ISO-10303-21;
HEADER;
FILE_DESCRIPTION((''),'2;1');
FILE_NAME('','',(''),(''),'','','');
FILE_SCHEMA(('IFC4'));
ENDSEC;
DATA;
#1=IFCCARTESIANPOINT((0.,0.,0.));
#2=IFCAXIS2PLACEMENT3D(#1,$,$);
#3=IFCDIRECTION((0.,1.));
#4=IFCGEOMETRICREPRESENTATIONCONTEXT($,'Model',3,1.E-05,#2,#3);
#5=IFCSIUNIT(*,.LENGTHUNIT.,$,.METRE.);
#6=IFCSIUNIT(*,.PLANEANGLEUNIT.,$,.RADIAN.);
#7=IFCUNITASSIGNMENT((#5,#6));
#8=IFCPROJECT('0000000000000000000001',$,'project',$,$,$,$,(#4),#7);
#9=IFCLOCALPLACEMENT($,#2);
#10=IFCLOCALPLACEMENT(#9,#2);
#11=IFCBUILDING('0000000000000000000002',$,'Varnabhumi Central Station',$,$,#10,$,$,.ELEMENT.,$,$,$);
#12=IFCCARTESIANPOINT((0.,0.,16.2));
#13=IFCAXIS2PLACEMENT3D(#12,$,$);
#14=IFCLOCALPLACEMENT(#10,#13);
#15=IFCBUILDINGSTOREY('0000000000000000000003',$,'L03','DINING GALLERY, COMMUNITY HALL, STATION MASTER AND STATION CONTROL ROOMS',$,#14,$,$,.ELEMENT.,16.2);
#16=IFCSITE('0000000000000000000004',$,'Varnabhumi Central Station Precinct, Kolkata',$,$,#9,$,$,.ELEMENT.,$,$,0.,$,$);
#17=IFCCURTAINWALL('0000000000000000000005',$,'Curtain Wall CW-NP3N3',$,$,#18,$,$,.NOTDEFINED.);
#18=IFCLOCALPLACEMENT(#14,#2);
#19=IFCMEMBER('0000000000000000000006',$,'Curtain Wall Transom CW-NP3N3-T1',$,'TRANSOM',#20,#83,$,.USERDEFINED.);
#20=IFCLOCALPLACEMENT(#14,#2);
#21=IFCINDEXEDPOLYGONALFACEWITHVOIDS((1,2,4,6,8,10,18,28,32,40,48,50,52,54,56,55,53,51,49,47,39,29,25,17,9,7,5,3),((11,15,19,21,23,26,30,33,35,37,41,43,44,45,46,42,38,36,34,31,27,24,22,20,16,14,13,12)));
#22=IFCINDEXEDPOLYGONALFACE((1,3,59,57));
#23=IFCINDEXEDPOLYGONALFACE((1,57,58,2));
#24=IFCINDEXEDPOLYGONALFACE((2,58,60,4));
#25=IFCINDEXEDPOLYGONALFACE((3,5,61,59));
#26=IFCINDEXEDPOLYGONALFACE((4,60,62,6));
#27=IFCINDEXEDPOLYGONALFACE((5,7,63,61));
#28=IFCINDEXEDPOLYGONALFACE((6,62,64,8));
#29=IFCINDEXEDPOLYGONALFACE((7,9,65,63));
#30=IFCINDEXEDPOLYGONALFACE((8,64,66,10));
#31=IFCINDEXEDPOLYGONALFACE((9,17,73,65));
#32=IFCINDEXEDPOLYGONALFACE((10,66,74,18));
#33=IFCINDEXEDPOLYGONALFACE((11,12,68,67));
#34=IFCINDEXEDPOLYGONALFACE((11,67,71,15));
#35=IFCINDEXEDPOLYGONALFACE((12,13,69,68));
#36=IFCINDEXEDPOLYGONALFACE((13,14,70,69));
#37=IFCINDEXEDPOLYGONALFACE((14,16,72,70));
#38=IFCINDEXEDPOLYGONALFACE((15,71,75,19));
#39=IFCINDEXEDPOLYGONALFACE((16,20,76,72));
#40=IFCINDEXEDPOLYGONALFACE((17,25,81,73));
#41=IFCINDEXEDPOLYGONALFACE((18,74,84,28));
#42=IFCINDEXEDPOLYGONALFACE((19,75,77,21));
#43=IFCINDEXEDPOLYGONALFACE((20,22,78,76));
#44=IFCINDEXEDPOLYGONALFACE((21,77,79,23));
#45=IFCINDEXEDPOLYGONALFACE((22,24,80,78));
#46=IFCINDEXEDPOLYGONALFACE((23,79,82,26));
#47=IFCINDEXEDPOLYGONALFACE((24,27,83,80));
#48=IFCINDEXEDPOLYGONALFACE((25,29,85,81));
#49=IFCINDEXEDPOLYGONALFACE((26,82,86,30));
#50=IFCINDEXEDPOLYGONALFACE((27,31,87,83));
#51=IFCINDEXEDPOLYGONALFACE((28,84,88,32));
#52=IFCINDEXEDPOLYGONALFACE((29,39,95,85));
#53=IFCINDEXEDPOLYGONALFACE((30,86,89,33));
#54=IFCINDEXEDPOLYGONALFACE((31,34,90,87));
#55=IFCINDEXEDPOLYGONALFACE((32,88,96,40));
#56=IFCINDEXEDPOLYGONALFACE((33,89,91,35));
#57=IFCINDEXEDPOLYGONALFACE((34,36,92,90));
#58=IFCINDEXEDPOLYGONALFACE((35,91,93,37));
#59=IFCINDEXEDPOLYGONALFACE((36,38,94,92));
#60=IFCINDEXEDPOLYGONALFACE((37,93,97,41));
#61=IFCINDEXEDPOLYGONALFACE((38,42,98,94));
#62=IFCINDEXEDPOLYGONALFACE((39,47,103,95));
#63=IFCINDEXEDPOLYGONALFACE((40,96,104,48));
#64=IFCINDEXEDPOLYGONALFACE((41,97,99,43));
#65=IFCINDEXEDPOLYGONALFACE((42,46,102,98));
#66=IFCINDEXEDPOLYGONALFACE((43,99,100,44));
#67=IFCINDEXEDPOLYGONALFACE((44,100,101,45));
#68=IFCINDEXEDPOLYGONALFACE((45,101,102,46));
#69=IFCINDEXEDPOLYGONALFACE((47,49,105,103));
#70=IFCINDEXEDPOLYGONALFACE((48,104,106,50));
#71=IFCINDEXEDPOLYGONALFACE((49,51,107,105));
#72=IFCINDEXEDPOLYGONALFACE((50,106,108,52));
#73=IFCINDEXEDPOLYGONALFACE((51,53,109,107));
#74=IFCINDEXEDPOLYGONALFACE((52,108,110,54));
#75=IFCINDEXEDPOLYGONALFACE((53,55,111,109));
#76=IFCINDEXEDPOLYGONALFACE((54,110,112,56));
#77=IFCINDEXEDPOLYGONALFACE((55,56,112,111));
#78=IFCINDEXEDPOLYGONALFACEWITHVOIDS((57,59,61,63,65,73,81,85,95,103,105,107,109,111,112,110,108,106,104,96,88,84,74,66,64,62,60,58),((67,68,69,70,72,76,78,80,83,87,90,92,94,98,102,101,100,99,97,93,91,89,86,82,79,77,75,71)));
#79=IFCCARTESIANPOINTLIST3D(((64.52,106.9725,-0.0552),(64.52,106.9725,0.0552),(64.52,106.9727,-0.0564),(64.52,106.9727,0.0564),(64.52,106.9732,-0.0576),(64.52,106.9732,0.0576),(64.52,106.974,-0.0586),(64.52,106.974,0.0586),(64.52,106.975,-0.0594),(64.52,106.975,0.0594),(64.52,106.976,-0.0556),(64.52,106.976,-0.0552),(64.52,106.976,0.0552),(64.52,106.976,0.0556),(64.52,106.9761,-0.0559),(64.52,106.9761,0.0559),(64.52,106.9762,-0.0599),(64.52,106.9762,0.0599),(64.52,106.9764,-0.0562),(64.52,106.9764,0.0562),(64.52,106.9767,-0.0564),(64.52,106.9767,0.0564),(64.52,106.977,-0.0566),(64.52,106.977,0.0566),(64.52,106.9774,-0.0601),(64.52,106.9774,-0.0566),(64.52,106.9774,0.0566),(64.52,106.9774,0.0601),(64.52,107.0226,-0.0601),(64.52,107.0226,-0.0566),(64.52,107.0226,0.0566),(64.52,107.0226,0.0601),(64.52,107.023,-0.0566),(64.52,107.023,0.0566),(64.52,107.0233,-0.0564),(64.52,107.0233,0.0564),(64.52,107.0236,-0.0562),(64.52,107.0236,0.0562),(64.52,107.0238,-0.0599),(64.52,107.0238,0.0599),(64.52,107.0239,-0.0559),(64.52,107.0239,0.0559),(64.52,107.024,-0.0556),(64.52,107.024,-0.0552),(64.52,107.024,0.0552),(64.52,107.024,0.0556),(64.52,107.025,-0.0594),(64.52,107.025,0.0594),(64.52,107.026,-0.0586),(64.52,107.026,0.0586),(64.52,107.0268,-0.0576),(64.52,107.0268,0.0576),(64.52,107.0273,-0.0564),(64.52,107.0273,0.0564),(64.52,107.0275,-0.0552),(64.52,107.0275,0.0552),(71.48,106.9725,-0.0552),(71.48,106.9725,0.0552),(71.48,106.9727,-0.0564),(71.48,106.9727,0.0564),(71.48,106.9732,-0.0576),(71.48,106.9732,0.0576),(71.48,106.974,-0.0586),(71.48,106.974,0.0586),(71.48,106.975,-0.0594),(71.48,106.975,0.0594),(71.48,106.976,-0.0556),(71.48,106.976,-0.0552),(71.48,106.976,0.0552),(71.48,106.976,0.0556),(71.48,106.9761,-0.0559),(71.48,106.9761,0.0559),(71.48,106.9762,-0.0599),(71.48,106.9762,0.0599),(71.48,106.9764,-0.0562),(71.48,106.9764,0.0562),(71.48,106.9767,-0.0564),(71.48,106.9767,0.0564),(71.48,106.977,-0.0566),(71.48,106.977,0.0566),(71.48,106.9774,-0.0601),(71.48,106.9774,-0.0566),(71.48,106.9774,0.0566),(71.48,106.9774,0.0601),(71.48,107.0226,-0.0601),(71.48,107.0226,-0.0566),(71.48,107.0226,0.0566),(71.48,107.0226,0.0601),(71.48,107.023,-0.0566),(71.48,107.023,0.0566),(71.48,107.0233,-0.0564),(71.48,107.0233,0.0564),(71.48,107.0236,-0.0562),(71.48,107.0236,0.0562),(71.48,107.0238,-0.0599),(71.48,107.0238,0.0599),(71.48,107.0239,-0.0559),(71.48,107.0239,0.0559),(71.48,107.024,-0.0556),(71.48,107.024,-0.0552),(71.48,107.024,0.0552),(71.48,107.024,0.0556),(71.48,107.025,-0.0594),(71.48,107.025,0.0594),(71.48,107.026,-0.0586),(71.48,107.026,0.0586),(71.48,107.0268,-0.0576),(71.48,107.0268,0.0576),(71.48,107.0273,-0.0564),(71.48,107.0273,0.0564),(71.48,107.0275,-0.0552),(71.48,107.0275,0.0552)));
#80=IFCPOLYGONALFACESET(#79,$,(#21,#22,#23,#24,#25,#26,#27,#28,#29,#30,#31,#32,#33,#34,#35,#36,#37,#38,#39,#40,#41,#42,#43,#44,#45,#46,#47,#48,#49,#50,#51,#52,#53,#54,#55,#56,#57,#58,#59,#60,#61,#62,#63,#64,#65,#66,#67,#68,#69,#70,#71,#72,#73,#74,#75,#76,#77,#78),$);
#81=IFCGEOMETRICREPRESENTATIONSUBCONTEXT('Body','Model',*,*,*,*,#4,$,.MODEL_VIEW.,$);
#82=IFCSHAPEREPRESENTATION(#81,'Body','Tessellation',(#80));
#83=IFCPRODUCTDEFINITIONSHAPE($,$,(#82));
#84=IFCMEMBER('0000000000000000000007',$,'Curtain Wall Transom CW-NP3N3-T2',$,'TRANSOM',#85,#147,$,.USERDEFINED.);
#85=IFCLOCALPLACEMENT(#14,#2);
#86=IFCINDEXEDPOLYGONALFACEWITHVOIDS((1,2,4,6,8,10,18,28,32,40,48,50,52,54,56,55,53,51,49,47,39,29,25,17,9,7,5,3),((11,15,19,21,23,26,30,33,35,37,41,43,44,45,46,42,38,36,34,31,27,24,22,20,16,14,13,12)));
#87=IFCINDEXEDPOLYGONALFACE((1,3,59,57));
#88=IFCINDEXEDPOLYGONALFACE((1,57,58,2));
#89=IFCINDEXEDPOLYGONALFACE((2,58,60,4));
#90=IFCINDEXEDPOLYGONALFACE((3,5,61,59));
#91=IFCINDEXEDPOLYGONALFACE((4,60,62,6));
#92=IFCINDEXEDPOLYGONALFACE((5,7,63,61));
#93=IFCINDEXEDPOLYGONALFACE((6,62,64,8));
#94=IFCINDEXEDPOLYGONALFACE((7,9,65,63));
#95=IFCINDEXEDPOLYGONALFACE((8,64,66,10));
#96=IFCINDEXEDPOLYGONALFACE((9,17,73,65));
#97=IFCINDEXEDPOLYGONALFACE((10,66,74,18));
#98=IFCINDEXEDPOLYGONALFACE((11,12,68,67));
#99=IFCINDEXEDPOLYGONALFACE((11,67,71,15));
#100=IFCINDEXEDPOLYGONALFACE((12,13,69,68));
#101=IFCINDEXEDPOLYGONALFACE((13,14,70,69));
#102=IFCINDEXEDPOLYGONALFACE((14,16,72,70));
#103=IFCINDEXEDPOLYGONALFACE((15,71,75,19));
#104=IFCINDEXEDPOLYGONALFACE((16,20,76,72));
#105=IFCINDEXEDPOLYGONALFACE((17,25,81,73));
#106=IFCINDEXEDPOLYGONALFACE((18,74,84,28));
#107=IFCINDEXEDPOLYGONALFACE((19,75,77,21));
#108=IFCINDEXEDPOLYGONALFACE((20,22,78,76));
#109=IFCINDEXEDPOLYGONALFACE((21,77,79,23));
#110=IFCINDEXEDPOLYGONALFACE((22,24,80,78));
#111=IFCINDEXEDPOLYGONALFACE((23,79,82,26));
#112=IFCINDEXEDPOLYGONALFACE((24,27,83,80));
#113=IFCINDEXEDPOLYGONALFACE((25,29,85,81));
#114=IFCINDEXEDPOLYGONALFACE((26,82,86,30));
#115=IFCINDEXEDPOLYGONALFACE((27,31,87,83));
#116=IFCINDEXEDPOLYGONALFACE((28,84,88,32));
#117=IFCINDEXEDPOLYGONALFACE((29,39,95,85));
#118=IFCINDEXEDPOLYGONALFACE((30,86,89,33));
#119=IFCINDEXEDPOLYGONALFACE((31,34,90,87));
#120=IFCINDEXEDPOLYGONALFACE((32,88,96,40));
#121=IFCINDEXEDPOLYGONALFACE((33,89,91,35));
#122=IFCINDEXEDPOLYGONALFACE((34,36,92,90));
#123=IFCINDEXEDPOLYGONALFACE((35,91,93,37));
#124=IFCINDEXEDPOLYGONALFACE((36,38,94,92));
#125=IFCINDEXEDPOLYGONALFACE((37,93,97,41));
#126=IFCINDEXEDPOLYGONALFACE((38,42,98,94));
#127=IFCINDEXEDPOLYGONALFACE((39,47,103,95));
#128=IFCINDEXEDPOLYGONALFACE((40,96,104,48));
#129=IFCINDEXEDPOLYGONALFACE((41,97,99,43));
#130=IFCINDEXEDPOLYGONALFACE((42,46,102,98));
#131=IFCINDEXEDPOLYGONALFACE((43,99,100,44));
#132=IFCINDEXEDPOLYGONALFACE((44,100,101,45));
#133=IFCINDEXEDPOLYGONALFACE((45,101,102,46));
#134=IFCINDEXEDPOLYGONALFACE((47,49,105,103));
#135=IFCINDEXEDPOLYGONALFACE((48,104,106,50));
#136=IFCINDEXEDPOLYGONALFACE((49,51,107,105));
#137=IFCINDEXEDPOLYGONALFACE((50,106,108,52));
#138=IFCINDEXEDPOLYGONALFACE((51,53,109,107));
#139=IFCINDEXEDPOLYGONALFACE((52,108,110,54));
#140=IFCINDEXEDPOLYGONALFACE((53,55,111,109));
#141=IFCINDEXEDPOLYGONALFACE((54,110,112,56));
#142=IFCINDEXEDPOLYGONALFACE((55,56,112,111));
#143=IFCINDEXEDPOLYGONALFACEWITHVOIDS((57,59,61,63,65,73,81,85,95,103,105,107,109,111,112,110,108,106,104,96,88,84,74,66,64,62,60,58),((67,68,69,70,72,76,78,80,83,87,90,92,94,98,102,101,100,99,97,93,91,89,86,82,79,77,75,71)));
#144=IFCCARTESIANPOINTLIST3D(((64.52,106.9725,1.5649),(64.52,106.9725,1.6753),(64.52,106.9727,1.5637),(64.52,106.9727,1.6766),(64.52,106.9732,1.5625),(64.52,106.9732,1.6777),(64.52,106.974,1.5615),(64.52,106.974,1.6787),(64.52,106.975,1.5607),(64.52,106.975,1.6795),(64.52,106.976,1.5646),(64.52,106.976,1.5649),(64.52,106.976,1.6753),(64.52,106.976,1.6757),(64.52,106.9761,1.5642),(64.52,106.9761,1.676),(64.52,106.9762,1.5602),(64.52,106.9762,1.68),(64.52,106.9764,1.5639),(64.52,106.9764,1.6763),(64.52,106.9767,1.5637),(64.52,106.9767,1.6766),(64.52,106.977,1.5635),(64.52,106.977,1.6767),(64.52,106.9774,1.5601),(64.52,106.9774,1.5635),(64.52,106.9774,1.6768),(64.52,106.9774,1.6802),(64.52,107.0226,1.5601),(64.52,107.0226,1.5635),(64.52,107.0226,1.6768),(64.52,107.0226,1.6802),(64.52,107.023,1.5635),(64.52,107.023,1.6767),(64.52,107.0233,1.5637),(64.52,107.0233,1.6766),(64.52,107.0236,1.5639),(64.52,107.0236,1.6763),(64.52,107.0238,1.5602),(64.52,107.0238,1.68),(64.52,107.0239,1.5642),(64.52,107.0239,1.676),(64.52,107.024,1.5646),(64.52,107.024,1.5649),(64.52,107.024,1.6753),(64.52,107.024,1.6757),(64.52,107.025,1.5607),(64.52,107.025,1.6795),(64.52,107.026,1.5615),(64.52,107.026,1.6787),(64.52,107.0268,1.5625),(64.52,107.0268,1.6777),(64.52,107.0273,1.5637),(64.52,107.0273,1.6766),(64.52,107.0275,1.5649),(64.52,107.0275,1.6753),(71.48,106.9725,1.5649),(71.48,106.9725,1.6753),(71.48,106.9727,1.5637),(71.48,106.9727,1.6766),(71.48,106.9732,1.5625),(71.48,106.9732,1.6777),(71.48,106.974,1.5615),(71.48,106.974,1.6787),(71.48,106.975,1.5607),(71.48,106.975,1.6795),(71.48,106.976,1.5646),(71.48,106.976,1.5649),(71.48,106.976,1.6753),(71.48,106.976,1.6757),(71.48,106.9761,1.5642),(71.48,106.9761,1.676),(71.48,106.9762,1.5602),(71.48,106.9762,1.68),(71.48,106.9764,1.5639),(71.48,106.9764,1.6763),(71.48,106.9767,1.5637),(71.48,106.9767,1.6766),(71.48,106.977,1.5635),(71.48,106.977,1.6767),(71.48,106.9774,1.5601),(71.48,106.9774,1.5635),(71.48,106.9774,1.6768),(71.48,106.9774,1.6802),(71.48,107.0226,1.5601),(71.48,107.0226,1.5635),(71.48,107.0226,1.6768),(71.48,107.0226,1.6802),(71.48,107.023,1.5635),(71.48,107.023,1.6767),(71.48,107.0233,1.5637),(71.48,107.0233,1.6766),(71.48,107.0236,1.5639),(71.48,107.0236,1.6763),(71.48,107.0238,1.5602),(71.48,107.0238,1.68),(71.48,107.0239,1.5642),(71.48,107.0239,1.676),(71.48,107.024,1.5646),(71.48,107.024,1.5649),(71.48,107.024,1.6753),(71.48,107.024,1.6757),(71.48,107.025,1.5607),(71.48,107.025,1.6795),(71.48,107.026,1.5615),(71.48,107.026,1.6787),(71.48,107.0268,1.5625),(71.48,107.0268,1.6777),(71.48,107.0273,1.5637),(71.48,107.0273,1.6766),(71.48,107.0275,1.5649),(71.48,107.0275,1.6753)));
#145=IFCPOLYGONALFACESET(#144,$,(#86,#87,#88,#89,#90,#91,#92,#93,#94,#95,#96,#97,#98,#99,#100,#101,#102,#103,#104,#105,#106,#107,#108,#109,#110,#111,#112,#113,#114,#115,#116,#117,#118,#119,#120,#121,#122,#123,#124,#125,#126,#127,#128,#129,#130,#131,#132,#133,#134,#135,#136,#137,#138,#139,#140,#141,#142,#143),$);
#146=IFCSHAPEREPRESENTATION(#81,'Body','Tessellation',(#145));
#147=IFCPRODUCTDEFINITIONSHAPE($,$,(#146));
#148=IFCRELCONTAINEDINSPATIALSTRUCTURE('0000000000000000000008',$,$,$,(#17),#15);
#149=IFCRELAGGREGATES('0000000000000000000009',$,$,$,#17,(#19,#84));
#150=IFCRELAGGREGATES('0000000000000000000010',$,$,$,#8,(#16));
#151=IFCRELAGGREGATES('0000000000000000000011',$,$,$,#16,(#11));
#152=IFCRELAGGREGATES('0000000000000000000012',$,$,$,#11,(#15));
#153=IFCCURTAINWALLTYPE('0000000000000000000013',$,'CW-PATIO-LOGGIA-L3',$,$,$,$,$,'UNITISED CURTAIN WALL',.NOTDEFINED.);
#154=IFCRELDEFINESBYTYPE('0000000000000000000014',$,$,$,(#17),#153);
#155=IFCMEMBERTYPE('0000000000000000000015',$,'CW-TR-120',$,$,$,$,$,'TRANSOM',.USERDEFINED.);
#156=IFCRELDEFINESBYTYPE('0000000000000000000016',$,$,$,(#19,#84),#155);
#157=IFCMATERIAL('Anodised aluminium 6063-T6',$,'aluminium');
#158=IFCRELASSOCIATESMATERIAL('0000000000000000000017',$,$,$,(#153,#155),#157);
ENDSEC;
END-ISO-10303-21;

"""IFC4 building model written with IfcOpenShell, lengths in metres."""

from ifc_helpers import new_model, si_unit, direction, frame, origin, origin_2d, place, context, subcontext, project, spatial, hollow_rectangle, extrude, material, material_profile, profile_set, type_object, element, aggregate, save


model = new_model("IFC4")

# Units and contexts
model_context = context("Model", 3, precision=1e-05, world=origin(), true_north=direction((0.0, 1.0)))
body_context = subcontext(model_context, "Body", "Model", "MODEL_VIEW")
ifc_project = project(units=[si_unit("LENGTHUNIT", "METRE"), si_unit("PLANEANGLEUNIT", "RADIAN")], contexts=[model_context])

# Site, building, storey
site_placement = place(None, origin())
site = spatial("IfcSite", under=ifc_project, at=site_placement, Name="Varnabhumi Central Station Precinct, Kolkata", CompositionType="ELEMENT", RefElevation=0.0)
building_placement = place(site_placement, origin())
building = spatial("IfcBuilding", under=site, at=building_placement, Name="Varnabhumi Central Station", CompositionType="ELEMENT")
storey_placement = place(building_placement, frame((0.0, 0.0, 16.2)))
storey = spatial("IfcBuildingStorey", under=building, at=storey_placement, Name="L03", Description="DINING GALLERY, COMMUNITY HALL, STATION MASTER AND STATION CONTROL ROOMS", CompositionType="ELEMENT", Elevation=16.2)

# Curtain wall, members
ifc_material_1 = material(Name="Anodised aluminium 6063-T6", Category="aluminium")
curtain_wall_type = type_object("IfcCurtainWallType", Name="CW-PATIO-LOGGIA-L3", ElementType="UNITISED CURTAIN WALL", PredefinedType="NOTDEFINED", material=ifc_material_1)
curtain_wall_1_placement = place(storey_placement, origin())
curtain_wall_1 = element("IfcCurtainWall", 1, at=curtain_wall_1_placement, inside=storey, type_object=curtain_wall_type, Name="Curtain Wall CW-NP3N3", PredefinedType="NOTDEFINED")
ifc_material_profile_1 = material_profile(ifc_material_1, hollow_rectangle(XDim=0.0549, YDim=0.1201, WallThickness=0.0034, InnerFilletRadius=0.0015, OuterFilletRadius=0.0049, at=origin_2d()), Name="Anodised aluminium 6063-T6", Category="aluminium")
ifc_profile_set_1 = profile_set([ifc_material_profile_1], Name="Anodised aluminium 6063-T6")
member_type_1 = type_object("IfcMemberType", Name="CW-TR-120", ElementType="TRANSOM", PredefinedType="USERDEFINED", material=ifc_profile_set_1)
member_1_placement = place(storey_placement, frame((64.52, 107.0, 0.0), z_axis=(1.0, 0.0, 0.0), x_axis=(0.0, 1.0, 0.0)))
member_1 = element("IfcMember", 2, at=member_1_placement, type_object=member_type_1, Name="Curtain Wall Transom CW-NP3N3-T1", ObjectType="TRANSOM", PredefinedType="USERDEFINED", context=body_context, shape_type="SweptSolid", body=[
    extrude(hollow_rectangle(XDim=0.0549, YDim=0.1201, WallThickness=0.0034, InnerFilletRadius=0.0015, OuterFilletRadius=0.0049, at=origin_2d()), origin(), (0.0, 0.0, 1.0), 6.96),
])
member_2_placement = place(storey_placement, frame((64.52, 107.0, 1.6201), z_axis=(1.0, 0.0, 0.0), x_axis=(0.0, 1.0, 0.0)))
member_2 = element("IfcMember", 3, at=member_2_placement, type_object=member_type_1, Name="Curtain Wall Transom CW-NP3N3-T2", ObjectType="TRANSOM", PredefinedType="USERDEFINED", context=body_context, shape_type="SweptSolid", body=[
    extrude(hollow_rectangle(XDim=0.0549, YDim=0.1201, WallThickness=0.0034, InnerFilletRadius=0.0015, OuterFilletRadius=0.0049, at=origin_2d()), origin(), (0.0, 0.0, 1.0), 6.96),
])

aggregate(curtain_wall_1, [member_1, member_2])

save(model, "model.ifc")
